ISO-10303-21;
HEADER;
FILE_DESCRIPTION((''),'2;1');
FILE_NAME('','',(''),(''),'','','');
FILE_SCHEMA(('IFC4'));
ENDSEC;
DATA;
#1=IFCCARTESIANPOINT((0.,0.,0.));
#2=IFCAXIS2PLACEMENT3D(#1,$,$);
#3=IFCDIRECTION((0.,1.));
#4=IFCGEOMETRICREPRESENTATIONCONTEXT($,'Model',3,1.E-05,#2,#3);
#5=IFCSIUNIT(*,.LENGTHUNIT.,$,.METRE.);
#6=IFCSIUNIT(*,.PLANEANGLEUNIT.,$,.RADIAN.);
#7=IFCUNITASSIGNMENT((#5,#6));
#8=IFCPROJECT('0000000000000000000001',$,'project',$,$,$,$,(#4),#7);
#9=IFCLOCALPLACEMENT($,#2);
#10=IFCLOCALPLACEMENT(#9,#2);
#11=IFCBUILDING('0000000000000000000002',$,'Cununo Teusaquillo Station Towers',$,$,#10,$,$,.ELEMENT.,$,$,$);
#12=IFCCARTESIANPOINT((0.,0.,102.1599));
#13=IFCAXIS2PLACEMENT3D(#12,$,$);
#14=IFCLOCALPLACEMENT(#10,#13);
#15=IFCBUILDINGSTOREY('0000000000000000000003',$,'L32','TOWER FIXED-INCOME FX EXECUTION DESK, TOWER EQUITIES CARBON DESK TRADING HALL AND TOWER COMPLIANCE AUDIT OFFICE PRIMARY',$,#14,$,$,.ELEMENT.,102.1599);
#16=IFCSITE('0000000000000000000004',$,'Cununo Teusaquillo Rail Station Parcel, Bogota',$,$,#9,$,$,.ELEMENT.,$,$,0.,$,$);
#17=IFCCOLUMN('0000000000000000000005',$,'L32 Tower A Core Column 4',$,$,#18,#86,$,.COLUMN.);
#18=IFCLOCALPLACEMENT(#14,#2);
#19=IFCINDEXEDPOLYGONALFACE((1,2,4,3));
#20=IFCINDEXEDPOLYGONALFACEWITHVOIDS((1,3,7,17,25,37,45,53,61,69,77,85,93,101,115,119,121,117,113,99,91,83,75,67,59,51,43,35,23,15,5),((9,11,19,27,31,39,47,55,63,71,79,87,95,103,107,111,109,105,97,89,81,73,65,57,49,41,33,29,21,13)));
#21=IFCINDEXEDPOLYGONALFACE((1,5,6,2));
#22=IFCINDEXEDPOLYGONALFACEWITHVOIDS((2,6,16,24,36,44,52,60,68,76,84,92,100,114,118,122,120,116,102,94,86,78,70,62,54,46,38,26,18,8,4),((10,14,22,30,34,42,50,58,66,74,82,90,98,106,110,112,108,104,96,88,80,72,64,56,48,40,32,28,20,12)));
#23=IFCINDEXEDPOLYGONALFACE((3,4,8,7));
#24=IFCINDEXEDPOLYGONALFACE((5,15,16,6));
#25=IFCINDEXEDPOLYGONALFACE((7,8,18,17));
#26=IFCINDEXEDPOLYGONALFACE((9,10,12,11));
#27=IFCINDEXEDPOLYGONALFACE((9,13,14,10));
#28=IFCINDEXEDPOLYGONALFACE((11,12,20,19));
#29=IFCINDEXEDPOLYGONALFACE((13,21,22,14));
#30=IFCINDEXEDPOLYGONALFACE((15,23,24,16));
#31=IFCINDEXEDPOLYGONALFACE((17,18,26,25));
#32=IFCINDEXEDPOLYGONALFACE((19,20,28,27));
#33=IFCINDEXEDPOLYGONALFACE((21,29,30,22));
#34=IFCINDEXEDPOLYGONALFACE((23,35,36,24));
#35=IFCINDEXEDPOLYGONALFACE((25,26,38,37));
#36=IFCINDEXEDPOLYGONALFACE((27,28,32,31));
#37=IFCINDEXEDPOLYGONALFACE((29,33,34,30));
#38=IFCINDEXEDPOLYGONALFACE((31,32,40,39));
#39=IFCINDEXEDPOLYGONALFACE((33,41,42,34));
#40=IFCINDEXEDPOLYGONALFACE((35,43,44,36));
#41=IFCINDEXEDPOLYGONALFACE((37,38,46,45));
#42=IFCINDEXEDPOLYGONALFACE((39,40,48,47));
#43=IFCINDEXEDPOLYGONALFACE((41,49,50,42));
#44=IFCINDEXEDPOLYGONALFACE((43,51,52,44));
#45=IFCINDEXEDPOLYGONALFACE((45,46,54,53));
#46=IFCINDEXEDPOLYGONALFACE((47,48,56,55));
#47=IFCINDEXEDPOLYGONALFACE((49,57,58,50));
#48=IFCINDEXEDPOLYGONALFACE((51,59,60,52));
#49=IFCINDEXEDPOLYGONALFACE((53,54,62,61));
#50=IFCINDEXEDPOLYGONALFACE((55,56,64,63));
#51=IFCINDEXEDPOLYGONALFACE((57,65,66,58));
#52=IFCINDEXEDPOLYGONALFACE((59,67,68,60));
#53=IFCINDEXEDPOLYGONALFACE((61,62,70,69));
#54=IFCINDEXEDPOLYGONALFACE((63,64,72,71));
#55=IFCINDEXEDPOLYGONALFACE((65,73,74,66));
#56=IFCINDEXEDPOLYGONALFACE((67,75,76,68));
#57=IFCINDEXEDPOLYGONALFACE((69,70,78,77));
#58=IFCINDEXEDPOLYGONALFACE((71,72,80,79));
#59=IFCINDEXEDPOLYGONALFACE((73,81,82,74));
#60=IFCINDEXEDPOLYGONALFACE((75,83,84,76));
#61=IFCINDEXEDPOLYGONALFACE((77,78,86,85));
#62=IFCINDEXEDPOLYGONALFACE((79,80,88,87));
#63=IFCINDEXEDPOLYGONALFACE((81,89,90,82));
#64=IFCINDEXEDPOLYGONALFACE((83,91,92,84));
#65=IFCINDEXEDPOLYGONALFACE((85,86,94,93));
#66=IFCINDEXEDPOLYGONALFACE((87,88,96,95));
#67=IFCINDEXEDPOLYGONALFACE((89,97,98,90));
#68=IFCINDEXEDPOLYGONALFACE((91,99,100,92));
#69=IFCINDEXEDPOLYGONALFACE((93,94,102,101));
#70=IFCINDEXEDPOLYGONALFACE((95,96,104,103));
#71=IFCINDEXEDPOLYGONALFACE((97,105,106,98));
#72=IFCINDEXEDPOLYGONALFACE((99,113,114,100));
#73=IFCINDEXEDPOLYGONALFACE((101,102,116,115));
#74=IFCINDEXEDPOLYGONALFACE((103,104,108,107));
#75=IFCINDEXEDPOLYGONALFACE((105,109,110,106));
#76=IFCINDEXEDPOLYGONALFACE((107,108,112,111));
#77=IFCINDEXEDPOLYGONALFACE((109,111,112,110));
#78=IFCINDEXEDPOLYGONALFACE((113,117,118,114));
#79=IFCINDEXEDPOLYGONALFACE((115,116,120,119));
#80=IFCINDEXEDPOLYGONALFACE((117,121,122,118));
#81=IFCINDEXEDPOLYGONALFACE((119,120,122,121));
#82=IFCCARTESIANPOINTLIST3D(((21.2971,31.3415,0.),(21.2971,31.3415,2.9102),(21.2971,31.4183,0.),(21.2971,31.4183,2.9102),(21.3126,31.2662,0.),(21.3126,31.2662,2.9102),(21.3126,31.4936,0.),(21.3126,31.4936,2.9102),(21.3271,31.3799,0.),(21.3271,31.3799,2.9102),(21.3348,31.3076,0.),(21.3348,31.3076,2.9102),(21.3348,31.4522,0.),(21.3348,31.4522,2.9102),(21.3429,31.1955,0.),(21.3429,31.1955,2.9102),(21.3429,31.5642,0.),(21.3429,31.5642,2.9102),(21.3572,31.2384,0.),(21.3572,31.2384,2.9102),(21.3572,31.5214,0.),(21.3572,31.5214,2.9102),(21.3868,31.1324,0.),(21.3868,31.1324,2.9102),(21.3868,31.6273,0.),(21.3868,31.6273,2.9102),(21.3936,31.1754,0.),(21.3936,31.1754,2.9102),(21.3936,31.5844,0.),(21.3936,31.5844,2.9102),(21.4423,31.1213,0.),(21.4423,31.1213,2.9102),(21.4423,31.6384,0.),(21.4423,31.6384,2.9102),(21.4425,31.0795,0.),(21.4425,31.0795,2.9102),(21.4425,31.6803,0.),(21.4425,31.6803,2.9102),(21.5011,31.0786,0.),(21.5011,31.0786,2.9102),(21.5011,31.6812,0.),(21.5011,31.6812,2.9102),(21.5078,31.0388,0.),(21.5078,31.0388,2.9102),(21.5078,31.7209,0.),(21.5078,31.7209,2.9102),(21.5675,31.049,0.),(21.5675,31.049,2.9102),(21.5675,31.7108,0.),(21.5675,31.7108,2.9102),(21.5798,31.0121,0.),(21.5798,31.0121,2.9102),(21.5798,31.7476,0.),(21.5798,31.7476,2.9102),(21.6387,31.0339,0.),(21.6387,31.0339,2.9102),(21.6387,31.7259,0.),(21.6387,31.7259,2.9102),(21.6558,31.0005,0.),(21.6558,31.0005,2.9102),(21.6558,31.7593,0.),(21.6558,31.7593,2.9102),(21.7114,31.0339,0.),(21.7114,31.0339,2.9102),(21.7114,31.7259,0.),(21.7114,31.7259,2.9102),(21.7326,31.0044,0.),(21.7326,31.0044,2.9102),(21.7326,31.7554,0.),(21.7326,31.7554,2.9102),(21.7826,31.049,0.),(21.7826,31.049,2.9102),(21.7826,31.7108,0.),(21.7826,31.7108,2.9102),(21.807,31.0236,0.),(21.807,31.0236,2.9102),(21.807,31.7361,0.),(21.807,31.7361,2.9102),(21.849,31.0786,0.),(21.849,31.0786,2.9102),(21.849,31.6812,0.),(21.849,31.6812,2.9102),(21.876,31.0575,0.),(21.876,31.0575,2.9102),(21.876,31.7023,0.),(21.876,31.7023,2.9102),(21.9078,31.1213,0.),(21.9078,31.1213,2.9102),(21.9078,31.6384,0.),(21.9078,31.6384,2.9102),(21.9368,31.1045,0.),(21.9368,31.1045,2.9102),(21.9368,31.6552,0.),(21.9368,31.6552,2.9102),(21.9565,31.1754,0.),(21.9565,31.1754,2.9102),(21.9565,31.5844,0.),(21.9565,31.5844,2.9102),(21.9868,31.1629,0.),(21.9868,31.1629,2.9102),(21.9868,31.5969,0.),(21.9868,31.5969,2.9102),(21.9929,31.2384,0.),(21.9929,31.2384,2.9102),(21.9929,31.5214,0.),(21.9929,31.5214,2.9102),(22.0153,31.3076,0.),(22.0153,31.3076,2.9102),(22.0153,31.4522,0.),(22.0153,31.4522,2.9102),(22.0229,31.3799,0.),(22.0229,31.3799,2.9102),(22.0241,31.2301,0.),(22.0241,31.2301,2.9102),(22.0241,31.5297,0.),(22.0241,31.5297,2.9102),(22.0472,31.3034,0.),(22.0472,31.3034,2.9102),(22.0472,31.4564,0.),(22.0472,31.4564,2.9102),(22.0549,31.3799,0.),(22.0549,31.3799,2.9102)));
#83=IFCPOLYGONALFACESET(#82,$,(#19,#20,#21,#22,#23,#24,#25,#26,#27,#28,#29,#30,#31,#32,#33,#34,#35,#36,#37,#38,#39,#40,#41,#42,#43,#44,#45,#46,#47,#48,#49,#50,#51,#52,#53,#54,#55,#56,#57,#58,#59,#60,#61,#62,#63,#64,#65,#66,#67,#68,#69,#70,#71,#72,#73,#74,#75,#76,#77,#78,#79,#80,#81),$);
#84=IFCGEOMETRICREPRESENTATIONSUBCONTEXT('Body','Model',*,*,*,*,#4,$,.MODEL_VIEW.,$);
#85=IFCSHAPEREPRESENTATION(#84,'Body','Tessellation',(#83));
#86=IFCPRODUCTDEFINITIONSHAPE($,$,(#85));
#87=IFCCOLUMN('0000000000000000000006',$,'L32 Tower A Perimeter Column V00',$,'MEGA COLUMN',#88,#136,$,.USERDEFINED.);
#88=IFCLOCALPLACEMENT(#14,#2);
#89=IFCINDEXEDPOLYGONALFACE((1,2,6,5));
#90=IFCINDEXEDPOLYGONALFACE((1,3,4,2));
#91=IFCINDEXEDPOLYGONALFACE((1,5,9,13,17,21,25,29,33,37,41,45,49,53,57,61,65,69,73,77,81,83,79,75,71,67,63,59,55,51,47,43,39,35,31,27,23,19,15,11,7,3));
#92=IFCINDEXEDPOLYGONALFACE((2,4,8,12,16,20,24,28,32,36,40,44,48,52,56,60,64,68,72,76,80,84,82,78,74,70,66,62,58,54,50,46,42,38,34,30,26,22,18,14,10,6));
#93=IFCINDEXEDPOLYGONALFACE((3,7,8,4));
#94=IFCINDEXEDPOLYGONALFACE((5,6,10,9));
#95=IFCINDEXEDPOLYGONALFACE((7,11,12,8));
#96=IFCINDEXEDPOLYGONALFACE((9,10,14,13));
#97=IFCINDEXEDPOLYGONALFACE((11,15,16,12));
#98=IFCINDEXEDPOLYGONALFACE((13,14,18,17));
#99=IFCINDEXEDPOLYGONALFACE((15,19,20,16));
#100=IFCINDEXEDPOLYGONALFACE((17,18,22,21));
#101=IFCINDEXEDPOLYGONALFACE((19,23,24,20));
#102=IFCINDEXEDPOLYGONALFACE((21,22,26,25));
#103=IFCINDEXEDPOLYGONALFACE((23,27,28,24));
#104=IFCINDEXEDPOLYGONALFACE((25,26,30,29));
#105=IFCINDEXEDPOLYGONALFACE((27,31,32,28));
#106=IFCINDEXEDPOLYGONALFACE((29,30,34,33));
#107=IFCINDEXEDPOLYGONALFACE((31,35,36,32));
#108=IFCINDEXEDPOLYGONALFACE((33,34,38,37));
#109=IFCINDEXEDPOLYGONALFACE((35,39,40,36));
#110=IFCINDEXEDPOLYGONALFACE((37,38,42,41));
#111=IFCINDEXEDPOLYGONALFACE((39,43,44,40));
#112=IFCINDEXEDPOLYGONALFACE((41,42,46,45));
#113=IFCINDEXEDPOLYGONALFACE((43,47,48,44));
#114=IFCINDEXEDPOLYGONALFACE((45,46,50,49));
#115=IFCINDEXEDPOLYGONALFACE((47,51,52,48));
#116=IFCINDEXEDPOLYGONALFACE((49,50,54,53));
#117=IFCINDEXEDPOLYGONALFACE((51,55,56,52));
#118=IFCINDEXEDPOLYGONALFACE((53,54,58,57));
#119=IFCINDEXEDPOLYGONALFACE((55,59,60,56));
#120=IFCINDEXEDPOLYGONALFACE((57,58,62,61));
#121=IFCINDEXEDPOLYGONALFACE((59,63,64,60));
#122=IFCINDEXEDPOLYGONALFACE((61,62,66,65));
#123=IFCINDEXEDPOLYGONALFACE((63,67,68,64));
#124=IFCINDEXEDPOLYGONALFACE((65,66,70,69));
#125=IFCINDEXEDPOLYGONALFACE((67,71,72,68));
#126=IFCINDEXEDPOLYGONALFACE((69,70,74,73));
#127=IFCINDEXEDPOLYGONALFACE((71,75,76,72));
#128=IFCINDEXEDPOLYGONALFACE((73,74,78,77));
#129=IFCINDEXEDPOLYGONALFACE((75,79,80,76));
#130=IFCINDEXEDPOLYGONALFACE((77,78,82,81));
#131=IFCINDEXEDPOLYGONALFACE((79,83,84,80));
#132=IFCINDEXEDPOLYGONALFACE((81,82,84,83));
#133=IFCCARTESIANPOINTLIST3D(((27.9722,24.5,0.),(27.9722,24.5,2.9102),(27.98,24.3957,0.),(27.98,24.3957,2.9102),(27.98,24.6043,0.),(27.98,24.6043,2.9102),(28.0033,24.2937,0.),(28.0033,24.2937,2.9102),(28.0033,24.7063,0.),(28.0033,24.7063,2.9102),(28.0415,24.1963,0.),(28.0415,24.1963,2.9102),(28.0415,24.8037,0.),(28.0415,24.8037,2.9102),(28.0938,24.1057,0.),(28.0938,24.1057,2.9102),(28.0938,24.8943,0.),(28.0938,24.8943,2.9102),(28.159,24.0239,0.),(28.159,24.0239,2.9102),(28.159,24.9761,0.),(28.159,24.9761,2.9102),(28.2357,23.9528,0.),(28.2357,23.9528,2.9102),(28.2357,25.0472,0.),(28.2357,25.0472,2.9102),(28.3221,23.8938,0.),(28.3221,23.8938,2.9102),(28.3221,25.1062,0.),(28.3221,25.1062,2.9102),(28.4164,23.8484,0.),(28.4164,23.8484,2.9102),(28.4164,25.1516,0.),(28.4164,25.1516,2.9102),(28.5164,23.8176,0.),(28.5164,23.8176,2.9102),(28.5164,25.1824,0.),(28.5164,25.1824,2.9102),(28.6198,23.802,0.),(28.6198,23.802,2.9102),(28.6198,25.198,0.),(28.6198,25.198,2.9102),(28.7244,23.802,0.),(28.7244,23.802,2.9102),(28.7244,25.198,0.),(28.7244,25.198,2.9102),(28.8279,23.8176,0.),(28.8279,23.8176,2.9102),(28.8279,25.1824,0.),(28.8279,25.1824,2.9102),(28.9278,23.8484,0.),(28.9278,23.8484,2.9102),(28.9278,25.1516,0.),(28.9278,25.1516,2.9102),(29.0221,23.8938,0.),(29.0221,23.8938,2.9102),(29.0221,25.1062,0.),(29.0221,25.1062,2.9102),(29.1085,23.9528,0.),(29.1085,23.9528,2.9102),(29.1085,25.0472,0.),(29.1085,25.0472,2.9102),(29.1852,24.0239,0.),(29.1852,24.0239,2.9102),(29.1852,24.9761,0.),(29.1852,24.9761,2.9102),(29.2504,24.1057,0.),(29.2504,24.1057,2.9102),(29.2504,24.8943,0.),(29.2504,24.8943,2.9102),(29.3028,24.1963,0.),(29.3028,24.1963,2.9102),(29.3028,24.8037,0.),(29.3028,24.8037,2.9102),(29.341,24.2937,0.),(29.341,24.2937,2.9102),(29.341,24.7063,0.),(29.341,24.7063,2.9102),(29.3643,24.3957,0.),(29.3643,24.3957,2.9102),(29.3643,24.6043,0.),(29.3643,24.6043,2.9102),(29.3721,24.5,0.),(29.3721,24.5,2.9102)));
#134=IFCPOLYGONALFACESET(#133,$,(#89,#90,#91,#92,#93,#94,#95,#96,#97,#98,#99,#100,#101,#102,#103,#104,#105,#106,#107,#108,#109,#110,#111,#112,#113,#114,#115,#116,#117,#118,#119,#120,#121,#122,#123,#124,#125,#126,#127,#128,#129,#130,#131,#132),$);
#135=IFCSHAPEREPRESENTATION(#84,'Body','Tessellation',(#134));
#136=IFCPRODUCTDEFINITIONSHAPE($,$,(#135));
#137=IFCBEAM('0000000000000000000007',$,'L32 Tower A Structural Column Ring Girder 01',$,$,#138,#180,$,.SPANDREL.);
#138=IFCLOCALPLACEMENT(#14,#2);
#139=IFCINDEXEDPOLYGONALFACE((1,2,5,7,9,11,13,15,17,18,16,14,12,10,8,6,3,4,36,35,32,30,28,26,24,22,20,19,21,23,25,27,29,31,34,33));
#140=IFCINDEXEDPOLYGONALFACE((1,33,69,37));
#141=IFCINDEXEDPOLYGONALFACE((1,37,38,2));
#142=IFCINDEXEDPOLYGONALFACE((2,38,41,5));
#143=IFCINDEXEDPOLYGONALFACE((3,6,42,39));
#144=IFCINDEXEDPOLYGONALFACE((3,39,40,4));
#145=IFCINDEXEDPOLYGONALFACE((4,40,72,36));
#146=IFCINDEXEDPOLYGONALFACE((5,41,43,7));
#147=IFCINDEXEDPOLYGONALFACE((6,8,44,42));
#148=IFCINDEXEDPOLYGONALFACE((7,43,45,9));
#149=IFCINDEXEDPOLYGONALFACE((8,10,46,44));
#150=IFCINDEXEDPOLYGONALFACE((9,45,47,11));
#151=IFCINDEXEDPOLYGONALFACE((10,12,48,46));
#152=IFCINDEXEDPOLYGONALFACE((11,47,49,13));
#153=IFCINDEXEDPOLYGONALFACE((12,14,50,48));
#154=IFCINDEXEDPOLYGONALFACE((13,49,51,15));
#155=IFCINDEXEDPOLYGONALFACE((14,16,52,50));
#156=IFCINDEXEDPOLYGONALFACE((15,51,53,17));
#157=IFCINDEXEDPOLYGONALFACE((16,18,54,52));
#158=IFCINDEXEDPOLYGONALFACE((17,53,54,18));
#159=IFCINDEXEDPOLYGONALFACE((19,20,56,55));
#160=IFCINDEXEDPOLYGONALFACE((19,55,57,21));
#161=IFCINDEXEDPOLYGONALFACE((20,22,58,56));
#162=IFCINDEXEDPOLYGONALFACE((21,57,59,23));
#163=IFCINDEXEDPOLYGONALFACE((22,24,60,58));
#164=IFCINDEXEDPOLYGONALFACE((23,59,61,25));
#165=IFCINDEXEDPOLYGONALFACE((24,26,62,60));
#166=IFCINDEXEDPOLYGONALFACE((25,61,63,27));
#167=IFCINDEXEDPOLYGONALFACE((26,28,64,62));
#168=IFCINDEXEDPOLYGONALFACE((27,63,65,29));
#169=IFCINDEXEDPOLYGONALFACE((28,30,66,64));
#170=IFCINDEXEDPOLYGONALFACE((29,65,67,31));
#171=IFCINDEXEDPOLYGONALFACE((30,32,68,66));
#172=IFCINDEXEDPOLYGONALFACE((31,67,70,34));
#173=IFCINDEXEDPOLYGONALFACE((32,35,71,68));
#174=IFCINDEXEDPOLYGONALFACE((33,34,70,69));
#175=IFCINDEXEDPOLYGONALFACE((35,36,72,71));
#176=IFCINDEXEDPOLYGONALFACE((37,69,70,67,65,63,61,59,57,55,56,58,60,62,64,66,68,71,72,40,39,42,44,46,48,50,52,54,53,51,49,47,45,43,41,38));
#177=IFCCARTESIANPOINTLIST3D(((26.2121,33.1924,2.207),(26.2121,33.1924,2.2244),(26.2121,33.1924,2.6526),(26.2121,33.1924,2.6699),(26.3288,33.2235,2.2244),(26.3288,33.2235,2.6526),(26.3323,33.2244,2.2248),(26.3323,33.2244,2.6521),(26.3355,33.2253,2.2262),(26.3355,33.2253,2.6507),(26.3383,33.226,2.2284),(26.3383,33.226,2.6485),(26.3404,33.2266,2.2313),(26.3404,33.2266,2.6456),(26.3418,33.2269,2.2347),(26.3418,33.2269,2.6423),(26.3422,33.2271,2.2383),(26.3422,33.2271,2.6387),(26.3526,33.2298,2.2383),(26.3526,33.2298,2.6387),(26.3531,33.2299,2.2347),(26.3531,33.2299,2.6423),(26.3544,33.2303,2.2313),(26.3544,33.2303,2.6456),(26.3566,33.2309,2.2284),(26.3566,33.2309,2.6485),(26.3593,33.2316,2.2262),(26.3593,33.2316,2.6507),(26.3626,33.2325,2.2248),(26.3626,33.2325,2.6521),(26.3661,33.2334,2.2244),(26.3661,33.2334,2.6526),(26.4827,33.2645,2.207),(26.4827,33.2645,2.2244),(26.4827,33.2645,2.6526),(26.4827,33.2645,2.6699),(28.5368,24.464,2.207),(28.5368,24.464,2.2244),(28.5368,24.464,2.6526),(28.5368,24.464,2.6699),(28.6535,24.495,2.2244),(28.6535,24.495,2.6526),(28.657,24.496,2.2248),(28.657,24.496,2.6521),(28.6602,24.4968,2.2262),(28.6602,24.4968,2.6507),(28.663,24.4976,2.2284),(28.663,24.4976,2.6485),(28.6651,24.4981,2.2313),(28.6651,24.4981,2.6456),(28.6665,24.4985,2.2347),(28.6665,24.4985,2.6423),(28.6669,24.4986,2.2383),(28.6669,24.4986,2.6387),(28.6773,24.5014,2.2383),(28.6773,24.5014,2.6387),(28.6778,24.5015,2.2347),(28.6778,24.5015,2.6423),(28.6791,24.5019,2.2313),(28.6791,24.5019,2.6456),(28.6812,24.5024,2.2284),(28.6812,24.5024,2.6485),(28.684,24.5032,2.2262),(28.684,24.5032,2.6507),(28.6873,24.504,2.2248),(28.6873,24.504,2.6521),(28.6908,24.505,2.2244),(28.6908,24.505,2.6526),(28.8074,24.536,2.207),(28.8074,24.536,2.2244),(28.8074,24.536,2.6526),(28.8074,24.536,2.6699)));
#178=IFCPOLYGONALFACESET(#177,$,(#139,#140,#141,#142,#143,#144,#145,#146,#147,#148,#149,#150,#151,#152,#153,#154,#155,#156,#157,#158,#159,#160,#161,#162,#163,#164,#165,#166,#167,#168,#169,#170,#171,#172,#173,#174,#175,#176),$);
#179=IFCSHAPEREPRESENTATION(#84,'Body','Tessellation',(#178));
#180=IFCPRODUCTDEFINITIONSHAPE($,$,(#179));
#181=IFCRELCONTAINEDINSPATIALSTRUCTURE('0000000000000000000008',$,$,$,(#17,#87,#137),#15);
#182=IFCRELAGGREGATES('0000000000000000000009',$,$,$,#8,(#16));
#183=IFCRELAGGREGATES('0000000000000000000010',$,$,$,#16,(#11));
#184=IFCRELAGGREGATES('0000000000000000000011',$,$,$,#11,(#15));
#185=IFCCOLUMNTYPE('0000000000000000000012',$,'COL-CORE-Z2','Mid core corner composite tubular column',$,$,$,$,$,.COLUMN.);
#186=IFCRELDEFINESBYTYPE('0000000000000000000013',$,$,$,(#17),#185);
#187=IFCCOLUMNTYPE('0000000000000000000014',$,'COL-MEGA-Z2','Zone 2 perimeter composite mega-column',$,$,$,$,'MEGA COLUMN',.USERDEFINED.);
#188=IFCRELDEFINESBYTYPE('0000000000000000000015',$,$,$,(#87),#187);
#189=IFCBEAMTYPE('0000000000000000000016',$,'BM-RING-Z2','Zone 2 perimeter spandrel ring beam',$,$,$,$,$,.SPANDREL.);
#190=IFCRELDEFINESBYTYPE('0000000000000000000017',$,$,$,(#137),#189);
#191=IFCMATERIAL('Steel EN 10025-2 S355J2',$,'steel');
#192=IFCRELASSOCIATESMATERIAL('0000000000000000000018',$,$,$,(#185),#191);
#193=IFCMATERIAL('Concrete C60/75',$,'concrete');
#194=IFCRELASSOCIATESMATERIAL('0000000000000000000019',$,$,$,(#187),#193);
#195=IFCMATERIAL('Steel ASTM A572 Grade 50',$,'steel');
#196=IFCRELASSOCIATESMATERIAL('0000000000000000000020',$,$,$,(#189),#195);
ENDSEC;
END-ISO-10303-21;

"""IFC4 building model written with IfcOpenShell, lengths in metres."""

from ifc_helpers import new_model, si_unit, direction, frame, origin, origin_2d, place, context, subcontext, project, spatial, circle, hollow_circle, i_section, extrude, material, material_profile, profile_set, type_object, element, save


model = new_model("IFC4")

# Units and contexts
model_context = context("Model", 3, precision=1e-05, world=origin(), true_north=direction((0.0, 1.0)))
body_context = subcontext(model_context, "Body", "Model", "MODEL_VIEW")
ifc_project = project(units=[si_unit("LENGTHUNIT", "METRE"), si_unit("PLANEANGLEUNIT", "RADIAN")], contexts=[model_context])

# Site, building, storey
site_placement = place(None, origin())
site = spatial("IfcSite", under=ifc_project, at=site_placement, Name="Cununo Teusaquillo Rail Station Parcel, Bogota", CompositionType="ELEMENT", RefElevation=0.0)
building_placement = place(site_placement, origin())
building = spatial("IfcBuilding", under=site, at=building_placement, Name="Cununo Teusaquillo Station Towers", CompositionType="ELEMENT")
storey_placement = place(building_placement, frame((0.0, 0.0, 102.1599)))
storey = spatial("IfcBuildingStorey", under=building, at=storey_placement, Name="L32", Description="TOWER FIXED-INCOME FX EXECUTION DESK, TOWER EQUITIES CARBON DESK TRADING HALL AND TOWER COMPLIANCE AUDIT OFFICE PRIMARY", CompositionType="ELEMENT", Elevation=102.1599)

# Columns
ifc_material_1 = material(Name="Steel EN 10025-2 S355J2", Category="steel")
ifc_material_profile_1 = material_profile(ifc_material_1, hollow_circle(Radius=0.3799, WallThickness=0.032, at=origin_2d()), Name="CHS 760x32")
ifc_profile_set_1 = profile_set([ifc_material_profile_1], Name="Steel EN 10025-2 S355J2")
column_type_1 = type_object("IfcColumnType", Name="COL-CORE-Z2", Description="Mid core corner composite tubular column", PredefinedType="COLUMN", material=ifc_profile_set_1)
column_1_placement = place(storey_placement, frame((21.675, 31.3799, 0.0), z_axis=(0.0, 0.0, 1.0), x_axis=(1.0, 0.0, 0.0)))
element("IfcColumn", 1, at=column_1_placement, inside=storey, type_object=column_type_1, Name="L32 Tower A Core Column 4", PredefinedType="COLUMN", context=body_context, shape_type="SweptSolid", body=[
    extrude(hollow_circle(Radius=0.3799, WallThickness=0.032, at=origin_2d()), origin(), (0.0, 0.0, 1.0), 2.9102),
])
ifc_material_2 = material(Name="Concrete C60/75", Category="concrete")
ifc_material_profile_2 = material_profile(ifc_material_2, circle(Radius=0.7, at=origin_2d()), Name="RC-CIRC-1400")
ifc_profile_set_2 = profile_set([ifc_material_profile_2], Name="Concrete C60/75")
column_type_2 = type_object("IfcColumnType", Name="COL-MEGA-Z2", Description="Zone 2 perimeter composite mega-column", ElementType="MEGA COLUMN", PredefinedType="USERDEFINED", material=ifc_profile_set_2)
column_2_placement = place(storey_placement, frame((28.6721, 24.5, 0.0), z_axis=(0.0, 0.0, 1.0), x_axis=(1.0, 0.0, 0.0)))
element("IfcColumn", 2, at=column_2_placement, inside=storey, type_object=column_type_2, Name="L32 Tower A Perimeter Column V00", ObjectType="MEGA COLUMN", PredefinedType="USERDEFINED", context=body_context, shape_type="SweptSolid", body=[
    extrude(circle(Radius=0.7, at=origin_2d()), origin(), (0.0, 0.0, 1.0), 2.9102),
])

# Beam
ifc_material_3 = material(Name="Steel ASTM A572 Grade 50", Category="steel")
ifc_material_profile_3 = material_profile(ifc_material_3, i_section(OverallWidth=0.28, OverallDepth=0.4629, WebThickness=0.0107, FlangeThickness=0.0173, FilletRadius=0.0139, at=origin_2d()), Name="W18X76")
ifc_profile_set_3 = profile_set([ifc_material_profile_3], Name="Steel ASTM A572 Grade 50")
beam_type = type_object("IfcBeamType", Name="BM-RING-Z2", Description="Zone 2 perimeter spandrel ring beam", PredefinedType="SPANDREL", material=ifc_profile_set_3)
beam_1_placement = place(storey_placement, frame((28.6721, 24.5, 2.4385), z_axis=(-0.257363, 0.966315, 0.0), x_axis=(-0.966315, -0.257363, 0.0)))
element("IfcBeam", 3, at=beam_1_placement, inside=storey, type_object=beam_type, Name="L32 Tower A Structural Column Ring Girder 01", PredefinedType="SPANDREL", context=body_context, shape_type="SweptSolid", body=[
    extrude(i_section(OverallWidth=0.28, OverallDepth=0.4629, WebThickness=0.0107, FlangeThickness=0.0173, FilletRadius=0.0139, at=origin_2d()), origin(), (0.0, 0.0, 1.0), 9.0327),
])

save(model, "model.ifc")
